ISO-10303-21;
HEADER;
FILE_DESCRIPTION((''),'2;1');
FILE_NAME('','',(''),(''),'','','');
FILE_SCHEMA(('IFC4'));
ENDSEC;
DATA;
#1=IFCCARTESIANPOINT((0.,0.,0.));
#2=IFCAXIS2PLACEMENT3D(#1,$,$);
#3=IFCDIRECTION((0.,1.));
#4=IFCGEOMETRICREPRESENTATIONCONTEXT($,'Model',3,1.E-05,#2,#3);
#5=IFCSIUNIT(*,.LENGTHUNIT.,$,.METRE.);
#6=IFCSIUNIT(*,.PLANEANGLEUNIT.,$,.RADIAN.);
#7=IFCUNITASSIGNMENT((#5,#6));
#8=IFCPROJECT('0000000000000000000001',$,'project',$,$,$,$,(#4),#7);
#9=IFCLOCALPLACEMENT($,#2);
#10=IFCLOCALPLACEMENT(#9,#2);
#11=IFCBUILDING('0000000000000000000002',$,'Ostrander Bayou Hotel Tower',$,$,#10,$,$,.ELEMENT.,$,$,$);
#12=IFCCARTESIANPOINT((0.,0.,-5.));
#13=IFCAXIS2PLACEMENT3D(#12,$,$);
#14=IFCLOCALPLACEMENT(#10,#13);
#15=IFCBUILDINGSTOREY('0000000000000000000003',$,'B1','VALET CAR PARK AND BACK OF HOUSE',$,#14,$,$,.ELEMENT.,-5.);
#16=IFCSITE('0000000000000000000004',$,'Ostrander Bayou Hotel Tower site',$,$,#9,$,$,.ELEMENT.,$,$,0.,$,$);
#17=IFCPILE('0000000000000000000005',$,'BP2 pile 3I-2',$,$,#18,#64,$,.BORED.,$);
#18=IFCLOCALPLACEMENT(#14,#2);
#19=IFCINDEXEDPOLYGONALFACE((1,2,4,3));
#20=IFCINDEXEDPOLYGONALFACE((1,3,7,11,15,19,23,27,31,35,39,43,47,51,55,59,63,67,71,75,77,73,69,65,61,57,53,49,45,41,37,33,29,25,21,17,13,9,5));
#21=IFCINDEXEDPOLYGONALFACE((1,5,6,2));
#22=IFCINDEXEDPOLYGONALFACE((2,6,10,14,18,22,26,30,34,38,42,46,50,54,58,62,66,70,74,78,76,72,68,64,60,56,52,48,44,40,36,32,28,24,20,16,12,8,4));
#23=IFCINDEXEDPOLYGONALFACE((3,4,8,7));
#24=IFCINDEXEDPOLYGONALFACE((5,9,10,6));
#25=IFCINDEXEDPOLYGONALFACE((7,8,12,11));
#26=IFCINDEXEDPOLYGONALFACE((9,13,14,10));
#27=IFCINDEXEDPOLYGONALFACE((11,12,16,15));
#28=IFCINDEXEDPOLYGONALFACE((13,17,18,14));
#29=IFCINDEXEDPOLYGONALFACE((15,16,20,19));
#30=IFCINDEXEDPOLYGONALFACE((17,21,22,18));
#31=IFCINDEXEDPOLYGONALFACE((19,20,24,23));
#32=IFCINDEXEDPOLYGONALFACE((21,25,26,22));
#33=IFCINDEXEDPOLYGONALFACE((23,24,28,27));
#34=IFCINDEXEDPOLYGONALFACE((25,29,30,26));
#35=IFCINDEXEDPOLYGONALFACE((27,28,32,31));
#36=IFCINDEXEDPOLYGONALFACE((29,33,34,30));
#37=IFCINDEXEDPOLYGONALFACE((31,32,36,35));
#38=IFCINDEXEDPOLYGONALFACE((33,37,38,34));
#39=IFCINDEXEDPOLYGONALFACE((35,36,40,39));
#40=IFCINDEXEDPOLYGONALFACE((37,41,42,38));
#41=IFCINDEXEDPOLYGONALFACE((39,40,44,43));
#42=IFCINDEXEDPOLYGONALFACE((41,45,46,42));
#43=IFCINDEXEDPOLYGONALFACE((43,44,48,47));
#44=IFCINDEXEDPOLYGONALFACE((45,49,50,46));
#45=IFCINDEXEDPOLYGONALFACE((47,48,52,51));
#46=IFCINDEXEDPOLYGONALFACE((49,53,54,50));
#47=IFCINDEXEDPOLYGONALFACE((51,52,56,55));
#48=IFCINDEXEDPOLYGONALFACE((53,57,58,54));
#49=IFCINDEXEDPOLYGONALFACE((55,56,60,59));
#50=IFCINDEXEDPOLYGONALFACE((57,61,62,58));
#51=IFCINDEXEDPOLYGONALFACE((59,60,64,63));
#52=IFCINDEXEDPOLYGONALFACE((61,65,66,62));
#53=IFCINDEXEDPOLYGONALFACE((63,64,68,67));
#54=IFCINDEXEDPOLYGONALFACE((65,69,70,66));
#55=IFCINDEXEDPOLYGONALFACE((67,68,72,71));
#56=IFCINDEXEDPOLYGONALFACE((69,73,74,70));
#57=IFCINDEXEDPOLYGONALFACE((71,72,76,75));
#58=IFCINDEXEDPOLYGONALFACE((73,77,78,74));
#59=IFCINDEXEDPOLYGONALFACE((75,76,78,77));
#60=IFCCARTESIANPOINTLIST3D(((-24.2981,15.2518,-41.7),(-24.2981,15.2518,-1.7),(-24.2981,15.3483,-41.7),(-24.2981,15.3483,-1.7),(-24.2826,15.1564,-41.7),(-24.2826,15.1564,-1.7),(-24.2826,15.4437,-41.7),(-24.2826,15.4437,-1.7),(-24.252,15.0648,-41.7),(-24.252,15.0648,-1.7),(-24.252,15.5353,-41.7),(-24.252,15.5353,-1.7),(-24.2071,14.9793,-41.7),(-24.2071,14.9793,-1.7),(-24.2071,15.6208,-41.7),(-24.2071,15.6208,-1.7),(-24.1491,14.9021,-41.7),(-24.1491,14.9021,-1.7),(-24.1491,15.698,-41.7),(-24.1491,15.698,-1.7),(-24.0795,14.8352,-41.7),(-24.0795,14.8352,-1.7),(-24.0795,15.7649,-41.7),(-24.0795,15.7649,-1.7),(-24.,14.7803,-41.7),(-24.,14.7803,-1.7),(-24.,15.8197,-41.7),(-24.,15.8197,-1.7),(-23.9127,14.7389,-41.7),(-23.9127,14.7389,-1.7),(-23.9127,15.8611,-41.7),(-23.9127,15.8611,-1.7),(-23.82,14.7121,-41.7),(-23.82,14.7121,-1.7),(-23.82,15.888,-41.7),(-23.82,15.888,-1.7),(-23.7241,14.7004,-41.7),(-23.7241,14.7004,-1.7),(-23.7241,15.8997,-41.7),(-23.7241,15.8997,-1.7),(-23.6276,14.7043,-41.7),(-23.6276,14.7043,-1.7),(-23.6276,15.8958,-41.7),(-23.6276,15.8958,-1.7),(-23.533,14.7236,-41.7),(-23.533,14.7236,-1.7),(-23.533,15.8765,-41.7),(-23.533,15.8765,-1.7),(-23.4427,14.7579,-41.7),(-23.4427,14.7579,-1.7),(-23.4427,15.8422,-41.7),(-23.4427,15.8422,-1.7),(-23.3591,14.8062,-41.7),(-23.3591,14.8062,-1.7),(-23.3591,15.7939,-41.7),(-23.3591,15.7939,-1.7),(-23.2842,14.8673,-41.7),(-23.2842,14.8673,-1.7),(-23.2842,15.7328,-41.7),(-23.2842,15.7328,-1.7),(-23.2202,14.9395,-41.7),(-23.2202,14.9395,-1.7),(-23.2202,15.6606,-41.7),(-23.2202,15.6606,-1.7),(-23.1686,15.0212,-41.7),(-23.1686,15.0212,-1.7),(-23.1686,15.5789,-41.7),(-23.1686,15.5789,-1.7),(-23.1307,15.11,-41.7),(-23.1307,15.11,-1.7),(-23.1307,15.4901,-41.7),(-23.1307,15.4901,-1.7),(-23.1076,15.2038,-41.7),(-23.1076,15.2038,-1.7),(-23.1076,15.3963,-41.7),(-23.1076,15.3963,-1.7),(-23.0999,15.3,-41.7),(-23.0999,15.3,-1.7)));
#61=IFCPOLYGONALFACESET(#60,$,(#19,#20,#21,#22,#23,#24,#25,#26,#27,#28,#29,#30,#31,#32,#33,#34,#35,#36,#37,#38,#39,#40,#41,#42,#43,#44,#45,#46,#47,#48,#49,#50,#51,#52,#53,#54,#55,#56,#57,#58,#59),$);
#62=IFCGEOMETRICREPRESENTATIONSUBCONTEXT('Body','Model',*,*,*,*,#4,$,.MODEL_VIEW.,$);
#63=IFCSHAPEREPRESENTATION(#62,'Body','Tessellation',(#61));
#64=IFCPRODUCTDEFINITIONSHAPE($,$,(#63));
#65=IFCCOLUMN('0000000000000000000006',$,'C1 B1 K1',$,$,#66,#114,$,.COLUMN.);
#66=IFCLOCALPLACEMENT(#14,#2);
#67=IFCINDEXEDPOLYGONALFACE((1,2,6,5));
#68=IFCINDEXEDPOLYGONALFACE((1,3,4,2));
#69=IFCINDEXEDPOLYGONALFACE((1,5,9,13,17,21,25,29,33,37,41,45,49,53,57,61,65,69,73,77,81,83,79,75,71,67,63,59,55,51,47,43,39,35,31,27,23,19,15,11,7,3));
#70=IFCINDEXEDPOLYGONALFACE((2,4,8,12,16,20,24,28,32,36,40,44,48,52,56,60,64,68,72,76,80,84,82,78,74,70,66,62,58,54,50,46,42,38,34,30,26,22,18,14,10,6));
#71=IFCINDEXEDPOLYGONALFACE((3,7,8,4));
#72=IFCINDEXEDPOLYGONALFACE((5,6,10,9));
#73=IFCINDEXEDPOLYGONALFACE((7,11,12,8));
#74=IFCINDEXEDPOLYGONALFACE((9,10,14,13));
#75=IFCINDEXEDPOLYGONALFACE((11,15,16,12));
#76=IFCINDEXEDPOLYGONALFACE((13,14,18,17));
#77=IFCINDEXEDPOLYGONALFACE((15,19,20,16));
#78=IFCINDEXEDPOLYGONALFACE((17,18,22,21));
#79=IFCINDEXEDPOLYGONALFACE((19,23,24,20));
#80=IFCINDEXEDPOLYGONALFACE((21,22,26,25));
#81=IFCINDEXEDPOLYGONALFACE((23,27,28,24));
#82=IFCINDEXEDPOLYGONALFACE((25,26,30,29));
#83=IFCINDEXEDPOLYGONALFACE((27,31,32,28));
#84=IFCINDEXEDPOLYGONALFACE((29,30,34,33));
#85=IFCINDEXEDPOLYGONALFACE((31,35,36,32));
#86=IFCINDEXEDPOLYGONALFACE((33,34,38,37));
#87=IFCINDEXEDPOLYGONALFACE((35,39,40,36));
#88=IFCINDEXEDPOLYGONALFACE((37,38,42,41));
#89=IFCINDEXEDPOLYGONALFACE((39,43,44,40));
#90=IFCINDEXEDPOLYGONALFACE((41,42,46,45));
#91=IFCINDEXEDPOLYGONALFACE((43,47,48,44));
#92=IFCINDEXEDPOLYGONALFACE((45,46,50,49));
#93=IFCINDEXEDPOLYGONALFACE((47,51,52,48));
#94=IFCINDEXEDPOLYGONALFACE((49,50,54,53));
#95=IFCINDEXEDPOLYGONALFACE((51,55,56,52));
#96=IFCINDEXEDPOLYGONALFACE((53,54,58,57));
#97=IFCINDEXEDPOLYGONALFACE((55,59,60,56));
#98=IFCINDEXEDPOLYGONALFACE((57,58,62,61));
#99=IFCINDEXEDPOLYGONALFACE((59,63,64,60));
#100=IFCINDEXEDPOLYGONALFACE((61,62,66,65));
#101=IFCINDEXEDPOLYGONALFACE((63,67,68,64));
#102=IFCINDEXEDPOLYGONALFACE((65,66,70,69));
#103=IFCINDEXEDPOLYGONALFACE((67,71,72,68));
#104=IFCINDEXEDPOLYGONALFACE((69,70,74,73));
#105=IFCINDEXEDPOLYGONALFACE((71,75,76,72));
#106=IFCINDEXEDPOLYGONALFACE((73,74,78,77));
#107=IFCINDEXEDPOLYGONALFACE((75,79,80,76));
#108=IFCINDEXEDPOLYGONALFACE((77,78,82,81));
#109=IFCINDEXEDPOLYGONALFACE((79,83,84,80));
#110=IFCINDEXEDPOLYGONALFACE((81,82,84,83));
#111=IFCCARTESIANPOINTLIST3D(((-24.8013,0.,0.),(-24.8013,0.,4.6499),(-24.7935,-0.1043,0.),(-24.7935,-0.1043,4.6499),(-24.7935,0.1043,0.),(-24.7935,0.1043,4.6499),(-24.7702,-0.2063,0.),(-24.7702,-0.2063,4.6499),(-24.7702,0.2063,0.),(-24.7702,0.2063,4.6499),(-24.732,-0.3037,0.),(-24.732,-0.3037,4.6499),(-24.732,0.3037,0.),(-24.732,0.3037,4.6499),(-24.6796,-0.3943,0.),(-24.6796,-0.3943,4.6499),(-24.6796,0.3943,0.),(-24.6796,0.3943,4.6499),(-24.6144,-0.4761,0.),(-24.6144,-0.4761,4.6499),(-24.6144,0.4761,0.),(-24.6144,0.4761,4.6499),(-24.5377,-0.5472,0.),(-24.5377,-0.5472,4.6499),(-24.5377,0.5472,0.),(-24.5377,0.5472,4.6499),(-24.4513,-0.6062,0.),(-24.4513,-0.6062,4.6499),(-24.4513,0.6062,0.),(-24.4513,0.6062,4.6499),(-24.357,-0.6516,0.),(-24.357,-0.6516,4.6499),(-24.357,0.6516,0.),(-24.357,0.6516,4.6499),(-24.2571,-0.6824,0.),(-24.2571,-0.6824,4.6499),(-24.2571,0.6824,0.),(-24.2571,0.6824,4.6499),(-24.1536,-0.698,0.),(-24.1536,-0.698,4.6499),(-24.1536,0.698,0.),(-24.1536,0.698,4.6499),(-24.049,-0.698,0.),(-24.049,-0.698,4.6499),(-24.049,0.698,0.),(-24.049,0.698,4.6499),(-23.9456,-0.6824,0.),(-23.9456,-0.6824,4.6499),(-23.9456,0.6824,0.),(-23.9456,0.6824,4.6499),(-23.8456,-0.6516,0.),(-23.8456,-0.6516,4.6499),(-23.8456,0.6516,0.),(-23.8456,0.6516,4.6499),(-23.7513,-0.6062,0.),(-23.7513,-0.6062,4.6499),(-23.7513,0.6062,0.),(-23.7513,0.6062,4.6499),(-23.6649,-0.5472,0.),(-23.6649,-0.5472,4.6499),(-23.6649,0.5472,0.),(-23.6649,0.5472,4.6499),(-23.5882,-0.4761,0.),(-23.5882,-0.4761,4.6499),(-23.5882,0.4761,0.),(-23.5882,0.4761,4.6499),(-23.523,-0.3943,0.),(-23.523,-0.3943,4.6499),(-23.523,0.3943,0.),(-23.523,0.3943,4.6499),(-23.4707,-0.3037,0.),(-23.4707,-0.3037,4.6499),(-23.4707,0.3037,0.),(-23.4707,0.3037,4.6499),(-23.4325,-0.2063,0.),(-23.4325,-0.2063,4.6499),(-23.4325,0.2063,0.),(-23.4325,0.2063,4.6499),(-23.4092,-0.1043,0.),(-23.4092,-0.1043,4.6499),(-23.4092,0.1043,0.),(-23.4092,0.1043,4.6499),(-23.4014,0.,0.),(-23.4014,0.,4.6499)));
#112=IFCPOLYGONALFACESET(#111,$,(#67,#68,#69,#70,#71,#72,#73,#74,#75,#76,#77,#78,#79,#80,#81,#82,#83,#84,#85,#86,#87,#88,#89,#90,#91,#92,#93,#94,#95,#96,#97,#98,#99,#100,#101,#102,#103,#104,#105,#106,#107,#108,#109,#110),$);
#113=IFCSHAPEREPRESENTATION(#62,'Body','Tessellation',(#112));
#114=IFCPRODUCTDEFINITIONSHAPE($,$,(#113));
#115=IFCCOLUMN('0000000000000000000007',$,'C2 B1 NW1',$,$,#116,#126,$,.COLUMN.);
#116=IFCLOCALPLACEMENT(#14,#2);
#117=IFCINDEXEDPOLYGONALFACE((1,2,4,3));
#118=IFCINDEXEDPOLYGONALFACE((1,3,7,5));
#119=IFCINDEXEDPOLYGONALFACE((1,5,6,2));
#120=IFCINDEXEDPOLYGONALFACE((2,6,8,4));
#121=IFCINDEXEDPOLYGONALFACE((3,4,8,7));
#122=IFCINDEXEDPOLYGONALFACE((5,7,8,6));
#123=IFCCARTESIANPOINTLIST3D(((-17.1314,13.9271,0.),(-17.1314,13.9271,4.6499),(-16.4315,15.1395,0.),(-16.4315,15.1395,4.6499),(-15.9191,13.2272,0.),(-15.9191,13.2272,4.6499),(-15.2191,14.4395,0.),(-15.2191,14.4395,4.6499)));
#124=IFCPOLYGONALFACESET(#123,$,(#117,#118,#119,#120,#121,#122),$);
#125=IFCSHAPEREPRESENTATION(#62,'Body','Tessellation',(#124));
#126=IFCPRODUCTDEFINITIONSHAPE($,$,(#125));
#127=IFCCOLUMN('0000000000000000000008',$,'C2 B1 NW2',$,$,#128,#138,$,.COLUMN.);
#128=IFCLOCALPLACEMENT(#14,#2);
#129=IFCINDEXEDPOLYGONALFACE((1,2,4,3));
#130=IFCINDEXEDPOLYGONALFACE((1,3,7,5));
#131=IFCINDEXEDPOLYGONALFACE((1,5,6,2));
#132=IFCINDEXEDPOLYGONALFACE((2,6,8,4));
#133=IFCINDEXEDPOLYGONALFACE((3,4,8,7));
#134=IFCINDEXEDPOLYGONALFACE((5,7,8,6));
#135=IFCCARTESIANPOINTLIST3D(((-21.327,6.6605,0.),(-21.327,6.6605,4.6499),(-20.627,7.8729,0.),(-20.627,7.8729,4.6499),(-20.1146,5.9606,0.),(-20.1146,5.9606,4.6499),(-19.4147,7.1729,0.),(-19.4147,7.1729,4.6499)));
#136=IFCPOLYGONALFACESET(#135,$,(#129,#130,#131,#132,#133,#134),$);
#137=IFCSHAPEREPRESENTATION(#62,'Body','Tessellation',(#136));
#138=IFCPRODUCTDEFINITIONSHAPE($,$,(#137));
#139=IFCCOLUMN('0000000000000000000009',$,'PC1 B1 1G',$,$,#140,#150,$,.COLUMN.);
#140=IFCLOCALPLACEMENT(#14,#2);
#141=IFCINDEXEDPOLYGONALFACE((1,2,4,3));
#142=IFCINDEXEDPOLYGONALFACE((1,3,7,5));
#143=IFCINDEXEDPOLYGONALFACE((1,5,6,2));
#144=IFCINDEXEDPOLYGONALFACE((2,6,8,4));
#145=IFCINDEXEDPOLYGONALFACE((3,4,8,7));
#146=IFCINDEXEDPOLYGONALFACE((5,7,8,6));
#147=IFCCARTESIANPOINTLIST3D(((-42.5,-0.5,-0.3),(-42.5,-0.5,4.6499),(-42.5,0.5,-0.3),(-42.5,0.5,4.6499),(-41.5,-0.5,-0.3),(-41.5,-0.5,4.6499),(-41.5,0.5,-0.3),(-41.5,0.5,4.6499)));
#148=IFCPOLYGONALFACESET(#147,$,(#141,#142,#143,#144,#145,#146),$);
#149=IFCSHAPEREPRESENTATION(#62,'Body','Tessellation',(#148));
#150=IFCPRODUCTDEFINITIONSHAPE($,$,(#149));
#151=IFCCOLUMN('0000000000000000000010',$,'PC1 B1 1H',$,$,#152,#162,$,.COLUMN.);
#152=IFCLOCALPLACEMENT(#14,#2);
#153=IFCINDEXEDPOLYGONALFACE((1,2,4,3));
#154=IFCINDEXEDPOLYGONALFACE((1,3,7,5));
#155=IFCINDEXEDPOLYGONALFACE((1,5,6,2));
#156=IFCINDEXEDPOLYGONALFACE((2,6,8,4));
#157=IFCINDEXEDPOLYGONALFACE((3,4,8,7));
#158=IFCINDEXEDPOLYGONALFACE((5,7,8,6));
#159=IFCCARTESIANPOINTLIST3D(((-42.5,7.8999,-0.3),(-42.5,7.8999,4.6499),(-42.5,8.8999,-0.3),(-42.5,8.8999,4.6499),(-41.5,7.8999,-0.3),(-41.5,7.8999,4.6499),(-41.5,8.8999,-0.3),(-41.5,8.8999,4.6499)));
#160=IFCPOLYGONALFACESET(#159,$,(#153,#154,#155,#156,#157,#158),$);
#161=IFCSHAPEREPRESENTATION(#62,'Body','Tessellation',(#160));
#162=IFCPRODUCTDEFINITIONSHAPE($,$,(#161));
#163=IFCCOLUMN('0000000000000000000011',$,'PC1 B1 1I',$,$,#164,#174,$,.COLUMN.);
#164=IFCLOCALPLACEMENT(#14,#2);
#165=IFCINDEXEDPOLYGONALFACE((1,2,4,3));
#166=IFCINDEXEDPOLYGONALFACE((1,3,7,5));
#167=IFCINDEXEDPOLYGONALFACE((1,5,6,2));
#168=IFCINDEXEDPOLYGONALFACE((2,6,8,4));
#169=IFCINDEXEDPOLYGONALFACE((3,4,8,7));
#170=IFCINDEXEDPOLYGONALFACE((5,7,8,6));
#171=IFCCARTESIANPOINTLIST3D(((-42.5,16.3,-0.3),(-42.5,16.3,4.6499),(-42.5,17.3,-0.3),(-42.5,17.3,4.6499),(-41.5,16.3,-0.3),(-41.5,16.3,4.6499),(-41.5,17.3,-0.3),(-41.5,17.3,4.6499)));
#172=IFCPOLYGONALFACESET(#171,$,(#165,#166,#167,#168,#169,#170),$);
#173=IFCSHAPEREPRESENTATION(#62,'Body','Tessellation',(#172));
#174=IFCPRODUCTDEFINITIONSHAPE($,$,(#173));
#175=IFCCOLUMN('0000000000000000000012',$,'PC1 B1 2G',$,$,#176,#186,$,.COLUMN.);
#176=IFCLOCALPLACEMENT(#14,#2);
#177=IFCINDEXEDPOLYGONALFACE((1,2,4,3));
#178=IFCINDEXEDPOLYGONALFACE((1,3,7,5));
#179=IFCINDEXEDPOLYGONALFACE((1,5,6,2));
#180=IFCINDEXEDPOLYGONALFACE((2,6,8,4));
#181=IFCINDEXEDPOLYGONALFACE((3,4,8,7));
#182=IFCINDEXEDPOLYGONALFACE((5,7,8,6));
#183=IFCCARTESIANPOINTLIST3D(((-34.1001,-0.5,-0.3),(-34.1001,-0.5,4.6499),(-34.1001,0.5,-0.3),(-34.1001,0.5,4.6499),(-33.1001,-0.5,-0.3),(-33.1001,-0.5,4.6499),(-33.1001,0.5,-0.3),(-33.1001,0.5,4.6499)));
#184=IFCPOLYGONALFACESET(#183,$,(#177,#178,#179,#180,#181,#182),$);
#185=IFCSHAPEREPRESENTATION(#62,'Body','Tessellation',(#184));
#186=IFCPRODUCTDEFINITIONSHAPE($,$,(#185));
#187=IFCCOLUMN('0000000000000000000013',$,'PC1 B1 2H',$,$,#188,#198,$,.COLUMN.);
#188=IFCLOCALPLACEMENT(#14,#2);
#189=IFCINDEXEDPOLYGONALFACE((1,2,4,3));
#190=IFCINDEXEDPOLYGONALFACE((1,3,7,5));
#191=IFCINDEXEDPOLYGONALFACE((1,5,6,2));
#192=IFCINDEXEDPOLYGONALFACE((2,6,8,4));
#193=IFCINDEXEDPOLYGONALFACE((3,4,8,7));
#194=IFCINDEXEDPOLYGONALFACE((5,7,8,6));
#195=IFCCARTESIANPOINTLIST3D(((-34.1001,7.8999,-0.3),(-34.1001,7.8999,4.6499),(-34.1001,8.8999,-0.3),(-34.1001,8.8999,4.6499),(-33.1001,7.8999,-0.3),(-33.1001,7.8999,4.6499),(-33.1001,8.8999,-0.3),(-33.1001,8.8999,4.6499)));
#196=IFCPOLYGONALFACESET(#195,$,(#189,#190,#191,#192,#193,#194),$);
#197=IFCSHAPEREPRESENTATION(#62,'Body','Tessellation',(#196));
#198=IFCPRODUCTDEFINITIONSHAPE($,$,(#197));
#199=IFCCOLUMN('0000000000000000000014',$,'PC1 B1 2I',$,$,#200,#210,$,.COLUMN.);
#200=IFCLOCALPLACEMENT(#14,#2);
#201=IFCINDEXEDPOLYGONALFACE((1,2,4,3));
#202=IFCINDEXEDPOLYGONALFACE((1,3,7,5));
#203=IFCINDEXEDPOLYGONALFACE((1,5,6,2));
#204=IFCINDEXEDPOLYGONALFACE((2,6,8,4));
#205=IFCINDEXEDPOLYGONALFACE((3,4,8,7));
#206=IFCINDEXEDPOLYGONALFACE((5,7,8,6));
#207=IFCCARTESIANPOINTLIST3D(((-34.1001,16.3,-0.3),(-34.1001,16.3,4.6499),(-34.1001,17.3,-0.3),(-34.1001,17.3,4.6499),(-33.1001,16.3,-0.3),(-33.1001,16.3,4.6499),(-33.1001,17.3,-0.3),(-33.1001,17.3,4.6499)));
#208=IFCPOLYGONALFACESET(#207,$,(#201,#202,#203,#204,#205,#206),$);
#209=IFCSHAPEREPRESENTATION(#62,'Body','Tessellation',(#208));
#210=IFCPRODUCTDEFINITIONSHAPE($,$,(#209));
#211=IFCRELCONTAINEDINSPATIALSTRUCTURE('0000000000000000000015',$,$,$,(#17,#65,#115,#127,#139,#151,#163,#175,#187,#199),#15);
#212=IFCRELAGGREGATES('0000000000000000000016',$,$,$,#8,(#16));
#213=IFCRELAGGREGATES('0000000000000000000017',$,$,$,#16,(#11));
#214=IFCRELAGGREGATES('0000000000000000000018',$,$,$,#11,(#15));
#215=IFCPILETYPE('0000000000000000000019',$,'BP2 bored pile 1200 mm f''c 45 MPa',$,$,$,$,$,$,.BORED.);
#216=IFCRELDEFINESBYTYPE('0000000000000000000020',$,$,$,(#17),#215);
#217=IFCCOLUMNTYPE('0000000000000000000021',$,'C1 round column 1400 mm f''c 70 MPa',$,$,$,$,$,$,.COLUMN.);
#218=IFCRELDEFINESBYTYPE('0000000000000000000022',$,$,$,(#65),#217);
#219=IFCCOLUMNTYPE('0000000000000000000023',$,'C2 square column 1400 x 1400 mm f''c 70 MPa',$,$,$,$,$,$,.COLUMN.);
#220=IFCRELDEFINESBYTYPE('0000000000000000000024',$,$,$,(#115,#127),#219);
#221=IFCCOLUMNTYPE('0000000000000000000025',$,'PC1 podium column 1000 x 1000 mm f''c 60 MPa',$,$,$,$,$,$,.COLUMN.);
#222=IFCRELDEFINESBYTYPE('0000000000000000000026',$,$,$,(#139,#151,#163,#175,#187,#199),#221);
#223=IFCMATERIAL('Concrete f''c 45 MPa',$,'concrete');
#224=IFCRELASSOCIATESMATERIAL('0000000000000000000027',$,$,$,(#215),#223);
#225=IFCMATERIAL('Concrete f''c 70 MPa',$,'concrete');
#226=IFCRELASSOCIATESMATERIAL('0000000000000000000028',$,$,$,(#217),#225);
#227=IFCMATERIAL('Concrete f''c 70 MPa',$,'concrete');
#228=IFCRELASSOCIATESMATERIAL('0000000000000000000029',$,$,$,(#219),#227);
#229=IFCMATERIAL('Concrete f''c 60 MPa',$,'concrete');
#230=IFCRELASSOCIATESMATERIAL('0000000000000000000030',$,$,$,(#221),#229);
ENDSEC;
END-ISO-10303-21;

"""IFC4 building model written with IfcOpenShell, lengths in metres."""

from ifc_helpers import new_model, si_unit, direction, frame, origin, origin_2d, place, context, subcontext, project, spatial, rectangle, circle, extrude, material, material_profile, profile_set, type_object, element, save


model = new_model("IFC4")

# Units and contexts
model_context = context("Model", 3, precision=1e-05, world=origin(), true_north=direction((0.0, 1.0)))
body_context = subcontext(model_context, "Body", "Model", "MODEL_VIEW")
ifc_project = project(units=[si_unit("LENGTHUNIT", "METRE"), si_unit("PLANEANGLEUNIT", "RADIAN")], contexts=[model_context])

# Site, building, storey
site_placement = place(None, origin())
site = spatial("IfcSite", under=ifc_project, at=site_placement, Name="Ostrander Bayou Hotel Tower site", CompositionType="ELEMENT", RefElevation=0.0)
building_placement = place(site_placement, origin())
building = spatial("IfcBuilding", under=site, at=building_placement, Name="Ostrander Bayou Hotel Tower", CompositionType="ELEMENT")
storey_placement = place(building_placement, frame((0.0, 0.0, -5.0)))
storey = spatial("IfcBuildingStorey", under=building, at=storey_placement, Name="B1", Description="VALET CAR PARK AND BACK OF HOUSE", CompositionType="ELEMENT", Elevation=-5.0)

# Pile
ifc_material_1 = material(Name="Concrete f'c 45 MPa", Category="concrete")
ifc_material_profile_1 = material_profile(ifc_material_1, circle(Radius=0.6001, at=origin_2d()))
ifc_profile_set_1 = profile_set([ifc_material_profile_1], Name="Concrete f'c 45 MPa")
pile_type_1 = type_object("IfcPileType", Name="BP2 bored pile 1200 mm f'c 45 MPa", PredefinedType="BORED", material=ifc_profile_set_1)
for number, where, z_axis, x_axis, name in (
    (1, (-23.7, 15.3, -1.7), (0.0, 0.0, -1.0), (1.0, 0.0, 0.0), "BP2 pile 3I-2"),
):
    element("IfcPile", number, at=place(storey_placement, frame(where, z_axis=z_axis, x_axis=x_axis)), inside=storey, type_object=pile_type_1, Name=name, PredefinedType="BORED", context=body_context, shape_type="SweptSolid", body=[
        extrude(circle(Radius=0.6001, at=origin_2d()), origin(), (0.0, 0.0, 1.0), 40.0),
    ])

# Columns
ifc_material_2 = material(Name="Concrete f'c 70 MPa", Category="concrete")
ifc_material_profile_2 = material_profile(ifc_material_2, circle(Radius=0.7, at=origin_2d()))
ifc_profile_set_2 = profile_set([ifc_material_profile_2], Name="Concrete f'c 70 MPa")
column_type_1 = type_object("IfcColumnType", Name="C1 round column 1400 mm f'c 70 MPa", PredefinedType="COLUMN", material=ifc_profile_set_2)
column_placement = place(storey_placement, frame((-24.1013, 0.0, 0.0), z_axis=(0.0, 0.0, 1.0), x_axis=(1.0, 0.0, 0.0)))
element("IfcColumn", 2, at=column_placement, inside=storey, type_object=column_type_1, Name="C1 B1 K1", PredefinedType="COLUMN", context=body_context, shape_type="SweptSolid", body=[
    extrude(circle(Radius=0.7, at=origin_2d()), origin(), (0.0, 0.0, 1.0), 4.6499),
])
ifc_material_3 = material(Name="Concrete f'c 70 MPa", Category="concrete")
ifc_material_profile_3 = material_profile(ifc_material_3, rectangle(XDim=1.3999, YDim=1.3999, at=origin_2d()))
ifc_profile_set_3 = profile_set([ifc_material_profile_3], Name="Concrete f'c 70 MPa")
column_type_2 = type_object("IfcColumnType", Name="C2 square column 1400 x 1400 mm f'c 70 MPa", PredefinedType="COLUMN", material=ifc_profile_set_3)
for number, where, z_axis, x_axis, name in (
    (3, (-16.1753, 14.1833, 0.0), (0.0, 0.0, 1.0), (0.5, 0.866025, 0.0), "C2 B1 NW1"),
    (4, (-20.3708, 6.9167, 0.0), (0.0, 0.0, 1.0), (0.5, 0.866025, 0.0), "C2 B1 NW2"),
):
    element("IfcColumn", number, at=place(storey_placement, frame(where, z_axis=z_axis, x_axis=x_axis)), inside=storey, type_object=column_type_2, Name=name, PredefinedType="COLUMN", context=body_context, shape_type="SweptSolid", body=[
        extrude(rectangle(XDim=1.3999, YDim=1.3999, at=origin_2d()), origin(), (0.0, 0.0, 1.0), 4.6499),
    ])
ifc_material_4 = material(Name="Concrete f'c 60 MPa", Category="concrete")
ifc_material_profile_4 = material_profile(ifc_material_4, rectangle(XDim=1.0, YDim=1.0, at=origin_2d()))
ifc_profile_set_4 = profile_set([ifc_material_profile_4], Name="Concrete f'c 60 MPa")
column_type_3 = type_object("IfcColumnType", Name="PC1 podium column 1000 x 1000 mm f'c 60 MPa", PredefinedType="COLUMN", material=ifc_profile_set_4)
for number, where, z_axis, x_axis, name in (
    (5, (-42.0, 0.0, -0.3), (0.0, 0.0, 1.0), (1.0, 0.0, 0.0), "PC1 B1 1G"),
    (6, (-42.0, 8.3999, -0.3), (0.0, 0.0, 1.0), (1.0, 0.0, 0.0), "PC1 B1 1H"),
    (7, (-42.0, 16.8, -0.3), (0.0, 0.0, 1.0), (1.0, 0.0, 0.0), "PC1 B1 1I"),
    (8, (-33.6001, 0.0, -0.3), (0.0, 0.0, 1.0), (1.0, 0.0, 0.0), "PC1 B1 2G"),
    (9, (-33.6001, 8.3999, -0.3), (0.0, 0.0, 1.0), (1.0, 0.0, 0.0), "PC1 B1 2H"),
    (10, (-33.6001, 16.8, -0.3), (0.0, 0.0, 1.0), (1.0, 0.0, 0.0), "PC1 B1 2I"),
):
    element("IfcColumn", number, at=place(storey_placement, frame(where, z_axis=z_axis, x_axis=x_axis)), inside=storey, type_object=column_type_3, Name=name, PredefinedType="COLUMN", context=body_context, shape_type="SweptSolid", body=[
        extrude(rectangle(XDim=1.0, YDim=1.0, at=origin_2d()), origin(), (0.0, 0.0, 1.0), 4.95),
    ])

save(model, "model.ifc")
